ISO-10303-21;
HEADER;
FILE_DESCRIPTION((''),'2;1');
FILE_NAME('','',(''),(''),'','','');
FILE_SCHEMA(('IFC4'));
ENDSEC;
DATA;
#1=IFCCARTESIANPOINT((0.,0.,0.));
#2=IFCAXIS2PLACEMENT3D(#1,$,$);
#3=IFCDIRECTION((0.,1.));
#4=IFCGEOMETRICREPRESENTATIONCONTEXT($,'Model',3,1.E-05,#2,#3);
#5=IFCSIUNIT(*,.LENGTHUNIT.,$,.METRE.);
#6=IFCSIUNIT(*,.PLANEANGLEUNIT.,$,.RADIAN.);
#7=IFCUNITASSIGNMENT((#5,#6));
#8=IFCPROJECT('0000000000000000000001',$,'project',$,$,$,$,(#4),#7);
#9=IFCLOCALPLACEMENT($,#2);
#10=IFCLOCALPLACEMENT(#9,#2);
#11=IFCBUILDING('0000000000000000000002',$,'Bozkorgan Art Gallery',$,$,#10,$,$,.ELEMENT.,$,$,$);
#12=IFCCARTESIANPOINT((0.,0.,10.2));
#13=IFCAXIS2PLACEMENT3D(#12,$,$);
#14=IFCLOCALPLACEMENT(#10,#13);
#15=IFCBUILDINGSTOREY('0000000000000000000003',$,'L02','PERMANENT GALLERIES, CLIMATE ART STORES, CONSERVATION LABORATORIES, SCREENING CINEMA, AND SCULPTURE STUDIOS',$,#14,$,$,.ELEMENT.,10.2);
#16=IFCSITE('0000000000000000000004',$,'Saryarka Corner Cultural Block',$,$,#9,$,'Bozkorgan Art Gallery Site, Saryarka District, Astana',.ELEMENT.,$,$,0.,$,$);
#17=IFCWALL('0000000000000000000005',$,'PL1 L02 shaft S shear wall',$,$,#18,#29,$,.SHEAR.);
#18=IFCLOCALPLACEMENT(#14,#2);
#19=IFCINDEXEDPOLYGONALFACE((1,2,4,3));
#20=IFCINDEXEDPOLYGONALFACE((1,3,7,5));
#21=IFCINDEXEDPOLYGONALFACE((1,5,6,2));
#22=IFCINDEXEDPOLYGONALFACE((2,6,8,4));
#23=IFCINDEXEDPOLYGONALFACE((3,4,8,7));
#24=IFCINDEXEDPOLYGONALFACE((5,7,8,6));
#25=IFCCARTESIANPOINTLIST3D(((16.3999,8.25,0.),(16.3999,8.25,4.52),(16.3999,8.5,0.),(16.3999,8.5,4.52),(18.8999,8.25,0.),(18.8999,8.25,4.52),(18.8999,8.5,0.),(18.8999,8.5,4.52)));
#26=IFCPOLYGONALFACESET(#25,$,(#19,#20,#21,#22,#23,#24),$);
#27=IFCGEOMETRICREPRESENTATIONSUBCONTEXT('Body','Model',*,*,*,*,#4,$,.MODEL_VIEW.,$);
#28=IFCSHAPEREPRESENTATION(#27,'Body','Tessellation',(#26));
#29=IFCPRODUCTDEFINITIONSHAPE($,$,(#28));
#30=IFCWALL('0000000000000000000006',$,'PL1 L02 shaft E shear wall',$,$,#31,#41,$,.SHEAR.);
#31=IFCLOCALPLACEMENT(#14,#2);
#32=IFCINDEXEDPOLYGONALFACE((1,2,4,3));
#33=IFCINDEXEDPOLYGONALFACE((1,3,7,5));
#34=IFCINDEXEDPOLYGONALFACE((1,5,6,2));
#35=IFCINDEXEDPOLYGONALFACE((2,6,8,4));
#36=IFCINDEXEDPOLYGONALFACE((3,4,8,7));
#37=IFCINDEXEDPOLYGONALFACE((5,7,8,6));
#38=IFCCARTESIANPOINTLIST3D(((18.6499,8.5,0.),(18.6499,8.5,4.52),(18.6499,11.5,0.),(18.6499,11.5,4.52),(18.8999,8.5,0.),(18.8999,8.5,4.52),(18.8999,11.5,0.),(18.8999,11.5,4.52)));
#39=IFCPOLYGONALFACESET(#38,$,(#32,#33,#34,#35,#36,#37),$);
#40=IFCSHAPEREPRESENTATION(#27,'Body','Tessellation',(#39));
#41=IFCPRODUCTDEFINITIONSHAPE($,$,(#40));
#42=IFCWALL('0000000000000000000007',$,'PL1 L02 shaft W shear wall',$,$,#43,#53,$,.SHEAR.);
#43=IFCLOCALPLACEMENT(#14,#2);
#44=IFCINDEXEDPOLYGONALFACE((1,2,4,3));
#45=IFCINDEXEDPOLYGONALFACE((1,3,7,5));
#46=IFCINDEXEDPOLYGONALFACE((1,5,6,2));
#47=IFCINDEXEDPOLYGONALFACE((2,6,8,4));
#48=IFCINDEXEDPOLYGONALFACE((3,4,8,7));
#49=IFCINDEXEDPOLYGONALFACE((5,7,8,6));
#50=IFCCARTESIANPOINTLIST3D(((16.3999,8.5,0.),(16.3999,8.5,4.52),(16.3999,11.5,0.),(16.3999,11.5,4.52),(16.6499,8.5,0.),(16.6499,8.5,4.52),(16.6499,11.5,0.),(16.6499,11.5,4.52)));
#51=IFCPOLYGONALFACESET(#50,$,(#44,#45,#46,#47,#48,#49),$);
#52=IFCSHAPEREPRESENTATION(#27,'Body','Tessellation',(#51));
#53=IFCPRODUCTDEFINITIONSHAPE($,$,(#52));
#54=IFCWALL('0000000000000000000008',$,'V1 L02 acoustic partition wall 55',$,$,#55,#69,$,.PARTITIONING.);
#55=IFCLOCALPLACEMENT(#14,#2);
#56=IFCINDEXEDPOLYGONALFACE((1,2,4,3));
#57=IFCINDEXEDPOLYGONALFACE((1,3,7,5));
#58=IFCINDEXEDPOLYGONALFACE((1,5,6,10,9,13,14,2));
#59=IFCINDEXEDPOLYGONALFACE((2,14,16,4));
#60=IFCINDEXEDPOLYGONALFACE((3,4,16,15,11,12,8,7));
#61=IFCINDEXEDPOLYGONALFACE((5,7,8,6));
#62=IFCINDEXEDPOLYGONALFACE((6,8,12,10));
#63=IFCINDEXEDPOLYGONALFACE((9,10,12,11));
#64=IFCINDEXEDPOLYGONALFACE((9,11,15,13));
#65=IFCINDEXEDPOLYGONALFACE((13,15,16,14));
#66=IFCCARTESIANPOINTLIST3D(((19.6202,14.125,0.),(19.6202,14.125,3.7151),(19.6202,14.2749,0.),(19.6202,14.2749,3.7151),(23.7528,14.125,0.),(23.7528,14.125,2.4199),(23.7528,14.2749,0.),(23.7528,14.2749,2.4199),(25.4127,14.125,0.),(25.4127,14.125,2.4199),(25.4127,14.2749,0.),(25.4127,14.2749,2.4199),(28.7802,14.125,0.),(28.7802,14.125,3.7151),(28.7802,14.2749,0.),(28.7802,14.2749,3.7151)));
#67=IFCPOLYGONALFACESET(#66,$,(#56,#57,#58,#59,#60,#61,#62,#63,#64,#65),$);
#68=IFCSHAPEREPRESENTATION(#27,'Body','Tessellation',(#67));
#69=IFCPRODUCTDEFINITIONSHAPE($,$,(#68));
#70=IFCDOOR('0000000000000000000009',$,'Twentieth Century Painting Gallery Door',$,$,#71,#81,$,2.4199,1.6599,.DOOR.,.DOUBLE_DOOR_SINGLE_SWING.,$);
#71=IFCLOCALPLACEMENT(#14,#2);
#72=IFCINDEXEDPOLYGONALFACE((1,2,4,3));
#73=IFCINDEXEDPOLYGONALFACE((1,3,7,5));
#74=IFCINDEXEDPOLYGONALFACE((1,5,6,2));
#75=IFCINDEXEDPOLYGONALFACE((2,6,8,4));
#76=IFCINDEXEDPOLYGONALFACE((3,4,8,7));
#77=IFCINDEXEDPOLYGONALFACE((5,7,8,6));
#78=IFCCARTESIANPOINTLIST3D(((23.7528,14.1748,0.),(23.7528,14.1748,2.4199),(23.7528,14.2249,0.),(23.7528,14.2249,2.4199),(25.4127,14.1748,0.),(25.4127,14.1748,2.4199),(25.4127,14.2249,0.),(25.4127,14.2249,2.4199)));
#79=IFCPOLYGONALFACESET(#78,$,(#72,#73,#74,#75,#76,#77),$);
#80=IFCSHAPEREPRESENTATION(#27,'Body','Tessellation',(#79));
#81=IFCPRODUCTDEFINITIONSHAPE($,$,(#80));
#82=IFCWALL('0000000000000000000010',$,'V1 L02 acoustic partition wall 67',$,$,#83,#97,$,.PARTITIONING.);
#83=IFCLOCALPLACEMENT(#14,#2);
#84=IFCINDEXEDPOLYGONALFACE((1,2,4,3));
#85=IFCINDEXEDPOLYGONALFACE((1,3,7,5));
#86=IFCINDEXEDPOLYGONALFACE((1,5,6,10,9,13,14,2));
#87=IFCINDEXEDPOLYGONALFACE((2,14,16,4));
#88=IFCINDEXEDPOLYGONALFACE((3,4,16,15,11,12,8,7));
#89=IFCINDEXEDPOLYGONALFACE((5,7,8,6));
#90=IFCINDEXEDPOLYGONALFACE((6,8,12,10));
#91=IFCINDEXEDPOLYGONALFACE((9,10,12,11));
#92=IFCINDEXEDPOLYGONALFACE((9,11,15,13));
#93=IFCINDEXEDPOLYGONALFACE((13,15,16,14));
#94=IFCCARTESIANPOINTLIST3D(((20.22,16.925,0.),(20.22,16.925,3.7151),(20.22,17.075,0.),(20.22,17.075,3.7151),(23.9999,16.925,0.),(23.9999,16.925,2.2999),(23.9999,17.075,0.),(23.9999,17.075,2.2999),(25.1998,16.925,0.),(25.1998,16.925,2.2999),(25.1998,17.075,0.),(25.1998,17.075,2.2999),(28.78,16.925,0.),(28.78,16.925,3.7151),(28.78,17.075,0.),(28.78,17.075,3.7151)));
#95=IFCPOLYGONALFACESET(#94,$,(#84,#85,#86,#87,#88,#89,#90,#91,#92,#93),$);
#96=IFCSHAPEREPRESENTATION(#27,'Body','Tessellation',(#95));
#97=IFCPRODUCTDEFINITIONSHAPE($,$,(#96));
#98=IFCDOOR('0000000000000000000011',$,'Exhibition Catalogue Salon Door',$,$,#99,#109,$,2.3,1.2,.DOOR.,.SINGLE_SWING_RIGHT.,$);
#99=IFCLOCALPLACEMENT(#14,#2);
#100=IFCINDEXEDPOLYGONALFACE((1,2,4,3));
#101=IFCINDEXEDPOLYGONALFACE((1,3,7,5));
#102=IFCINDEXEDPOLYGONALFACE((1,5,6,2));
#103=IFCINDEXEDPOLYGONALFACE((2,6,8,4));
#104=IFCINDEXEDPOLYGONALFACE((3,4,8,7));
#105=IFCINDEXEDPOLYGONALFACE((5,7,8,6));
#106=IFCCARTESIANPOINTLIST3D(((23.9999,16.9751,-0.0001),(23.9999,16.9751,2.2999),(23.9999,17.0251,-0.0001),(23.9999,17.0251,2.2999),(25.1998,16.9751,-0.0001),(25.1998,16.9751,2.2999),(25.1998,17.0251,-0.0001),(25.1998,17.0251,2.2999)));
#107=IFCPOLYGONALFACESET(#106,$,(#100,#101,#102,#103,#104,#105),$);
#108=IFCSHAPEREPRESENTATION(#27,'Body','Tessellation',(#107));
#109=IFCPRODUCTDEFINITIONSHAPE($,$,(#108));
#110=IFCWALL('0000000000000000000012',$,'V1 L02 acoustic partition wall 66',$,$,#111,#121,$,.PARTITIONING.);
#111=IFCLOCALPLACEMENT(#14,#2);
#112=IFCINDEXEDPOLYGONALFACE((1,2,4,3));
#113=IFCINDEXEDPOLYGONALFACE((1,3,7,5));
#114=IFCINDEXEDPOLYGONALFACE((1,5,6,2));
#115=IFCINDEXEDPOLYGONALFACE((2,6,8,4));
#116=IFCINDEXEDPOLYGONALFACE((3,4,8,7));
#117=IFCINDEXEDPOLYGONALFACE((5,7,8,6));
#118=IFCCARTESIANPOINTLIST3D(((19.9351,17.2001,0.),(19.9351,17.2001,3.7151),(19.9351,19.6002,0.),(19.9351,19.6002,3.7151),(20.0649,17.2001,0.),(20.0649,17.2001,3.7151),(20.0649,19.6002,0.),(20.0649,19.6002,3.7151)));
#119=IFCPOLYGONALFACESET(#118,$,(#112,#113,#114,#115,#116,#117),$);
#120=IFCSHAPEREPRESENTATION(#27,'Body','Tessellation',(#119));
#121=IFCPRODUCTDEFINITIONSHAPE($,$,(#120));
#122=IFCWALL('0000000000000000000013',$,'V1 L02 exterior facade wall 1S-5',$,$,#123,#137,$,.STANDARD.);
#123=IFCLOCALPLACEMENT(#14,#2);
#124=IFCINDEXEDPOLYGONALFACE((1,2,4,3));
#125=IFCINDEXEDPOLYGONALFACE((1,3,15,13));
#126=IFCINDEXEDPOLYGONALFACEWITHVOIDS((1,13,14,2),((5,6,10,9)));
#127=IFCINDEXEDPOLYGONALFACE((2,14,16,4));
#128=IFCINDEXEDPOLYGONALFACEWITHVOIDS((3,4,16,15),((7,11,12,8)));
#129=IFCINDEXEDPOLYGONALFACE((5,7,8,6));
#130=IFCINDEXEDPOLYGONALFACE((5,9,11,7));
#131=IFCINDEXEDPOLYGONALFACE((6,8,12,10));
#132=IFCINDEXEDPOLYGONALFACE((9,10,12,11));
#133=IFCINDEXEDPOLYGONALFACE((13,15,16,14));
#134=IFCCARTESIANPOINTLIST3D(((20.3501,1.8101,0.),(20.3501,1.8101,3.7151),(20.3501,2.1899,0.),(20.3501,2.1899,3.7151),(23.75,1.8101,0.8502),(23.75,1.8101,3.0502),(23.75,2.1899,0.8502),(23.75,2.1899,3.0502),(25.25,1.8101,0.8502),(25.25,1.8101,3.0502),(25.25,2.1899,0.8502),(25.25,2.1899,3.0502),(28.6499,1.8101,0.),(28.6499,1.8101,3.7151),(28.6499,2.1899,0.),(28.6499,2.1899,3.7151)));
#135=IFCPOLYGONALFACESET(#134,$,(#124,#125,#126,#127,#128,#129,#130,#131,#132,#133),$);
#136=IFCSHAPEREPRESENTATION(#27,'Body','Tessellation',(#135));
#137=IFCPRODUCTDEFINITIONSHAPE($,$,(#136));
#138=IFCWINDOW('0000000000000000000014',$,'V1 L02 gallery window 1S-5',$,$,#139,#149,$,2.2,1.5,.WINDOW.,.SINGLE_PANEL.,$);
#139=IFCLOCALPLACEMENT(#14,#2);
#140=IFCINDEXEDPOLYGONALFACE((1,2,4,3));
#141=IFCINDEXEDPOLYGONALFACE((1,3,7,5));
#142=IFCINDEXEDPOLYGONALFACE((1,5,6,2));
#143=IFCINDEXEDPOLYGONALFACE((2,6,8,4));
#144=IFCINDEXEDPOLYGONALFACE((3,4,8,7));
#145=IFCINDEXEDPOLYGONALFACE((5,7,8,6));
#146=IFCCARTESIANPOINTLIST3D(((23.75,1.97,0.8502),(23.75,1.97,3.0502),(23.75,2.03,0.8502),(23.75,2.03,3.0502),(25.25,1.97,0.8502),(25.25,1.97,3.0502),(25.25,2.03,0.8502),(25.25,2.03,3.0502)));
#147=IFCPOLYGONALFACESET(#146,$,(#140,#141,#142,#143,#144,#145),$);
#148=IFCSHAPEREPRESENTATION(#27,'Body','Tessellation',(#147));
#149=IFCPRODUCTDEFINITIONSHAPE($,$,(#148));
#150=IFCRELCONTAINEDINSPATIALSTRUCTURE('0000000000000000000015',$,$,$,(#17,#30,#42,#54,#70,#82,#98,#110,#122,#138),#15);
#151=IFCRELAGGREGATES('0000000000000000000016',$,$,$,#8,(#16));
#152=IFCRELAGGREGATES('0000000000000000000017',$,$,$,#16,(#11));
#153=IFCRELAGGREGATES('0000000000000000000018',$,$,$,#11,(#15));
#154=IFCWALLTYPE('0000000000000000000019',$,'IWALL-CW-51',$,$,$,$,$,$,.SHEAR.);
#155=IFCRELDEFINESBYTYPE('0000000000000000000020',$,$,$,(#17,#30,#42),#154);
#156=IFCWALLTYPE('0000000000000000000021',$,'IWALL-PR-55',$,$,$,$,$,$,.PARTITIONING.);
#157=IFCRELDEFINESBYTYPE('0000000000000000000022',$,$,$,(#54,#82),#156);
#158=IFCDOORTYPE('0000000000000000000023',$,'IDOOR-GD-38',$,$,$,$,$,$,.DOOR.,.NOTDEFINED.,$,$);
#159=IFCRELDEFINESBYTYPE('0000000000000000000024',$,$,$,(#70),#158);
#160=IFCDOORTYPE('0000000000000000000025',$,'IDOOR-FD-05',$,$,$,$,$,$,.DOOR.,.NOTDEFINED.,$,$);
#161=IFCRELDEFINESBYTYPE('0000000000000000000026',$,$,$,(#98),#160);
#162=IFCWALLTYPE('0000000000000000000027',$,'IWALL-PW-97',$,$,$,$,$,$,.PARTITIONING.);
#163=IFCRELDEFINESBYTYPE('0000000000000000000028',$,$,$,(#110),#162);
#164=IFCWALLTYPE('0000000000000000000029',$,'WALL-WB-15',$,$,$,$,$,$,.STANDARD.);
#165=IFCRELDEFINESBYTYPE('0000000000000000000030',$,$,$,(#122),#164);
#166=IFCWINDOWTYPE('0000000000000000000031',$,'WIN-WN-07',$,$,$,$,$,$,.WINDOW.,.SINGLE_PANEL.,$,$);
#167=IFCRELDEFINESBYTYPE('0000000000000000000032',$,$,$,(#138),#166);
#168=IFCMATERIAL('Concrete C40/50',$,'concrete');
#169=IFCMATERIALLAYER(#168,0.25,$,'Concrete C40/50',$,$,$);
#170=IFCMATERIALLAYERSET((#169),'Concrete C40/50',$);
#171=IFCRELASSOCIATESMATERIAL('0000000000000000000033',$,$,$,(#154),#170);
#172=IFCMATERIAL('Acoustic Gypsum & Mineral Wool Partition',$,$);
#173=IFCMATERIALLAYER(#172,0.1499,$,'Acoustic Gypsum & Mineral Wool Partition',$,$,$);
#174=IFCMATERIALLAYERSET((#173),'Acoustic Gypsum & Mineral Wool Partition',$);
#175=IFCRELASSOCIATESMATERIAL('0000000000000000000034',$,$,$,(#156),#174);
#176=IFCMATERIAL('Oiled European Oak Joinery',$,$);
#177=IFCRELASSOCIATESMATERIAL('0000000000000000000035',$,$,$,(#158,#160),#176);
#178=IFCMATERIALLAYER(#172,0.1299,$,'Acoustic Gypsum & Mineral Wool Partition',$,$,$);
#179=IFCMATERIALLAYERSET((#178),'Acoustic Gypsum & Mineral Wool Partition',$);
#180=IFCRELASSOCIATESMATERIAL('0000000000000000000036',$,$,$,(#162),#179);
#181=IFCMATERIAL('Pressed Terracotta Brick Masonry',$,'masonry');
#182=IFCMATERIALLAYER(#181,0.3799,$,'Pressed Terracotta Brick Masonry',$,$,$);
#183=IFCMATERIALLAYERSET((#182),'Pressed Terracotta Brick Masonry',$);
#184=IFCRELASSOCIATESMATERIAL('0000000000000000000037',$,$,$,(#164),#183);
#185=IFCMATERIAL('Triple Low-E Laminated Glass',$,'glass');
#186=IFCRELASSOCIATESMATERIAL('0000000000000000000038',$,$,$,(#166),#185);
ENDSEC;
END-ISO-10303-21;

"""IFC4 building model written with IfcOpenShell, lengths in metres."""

from ifc_helpers import new_model, si_unit, direction, frame, frame_2d, origin, place, context, subcontext, project, spatial, rectangle, extrude, material, layer, layer_set, type_object, element, fill, save


model = new_model("IFC4")

# Units and contexts
model_context = context("Model", 3, precision=1e-05, world=origin(), true_north=direction((0.0, 1.0)))
body_context = subcontext(model_context, "Body", "Model", "MODEL_VIEW")
ifc_project = project(units=[si_unit("LENGTHUNIT", "METRE"), si_unit("PLANEANGLEUNIT", "RADIAN")], contexts=[model_context])

# Site, building, storey
site_placement = place(None, origin())
site = spatial("IfcSite", under=ifc_project, at=site_placement, Name="Saryarka Corner Cultural Block", LongName="Bozkorgan Art Gallery Site, Saryarka District, Astana", CompositionType="ELEMENT", RefElevation=0.0)
building_placement = place(site_placement, origin())
building = spatial("IfcBuilding", under=site, at=building_placement, Name="Bozkorgan Art Gallery", CompositionType="ELEMENT")
storey_placement = place(building_placement, frame((0.0, 0.0, 10.2)))
storey = spatial("IfcBuildingStorey", under=building, at=storey_placement, Name="L02", Description="PERMANENT GALLERIES, CLIMATE ART STORES, CONSERVATION LABORATORIES, SCREENING CINEMA, AND SCULPTURE STUDIOS", CompositionType="ELEMENT", Elevation=10.2)

# Shared definitions
ifc_material_1 = material(Name="Concrete C40/50", Category="concrete")

# Shared definitions
ifc_layer_1 = layer(ifc_material_1, 0.25, Name="Concrete C40/50")
ifc_layer_set_1 = layer_set([ifc_layer_1], Name="Concrete C40/50")
wall_type_1 = type_object("IfcWallType", Name="IWALL-CW-51", PredefinedType="SHEAR", material=ifc_layer_set_1)

# Walls
wall_1_placement = place(storey_placement, frame((16.3999, 8.375, 0.0), z_axis=(0.0, 0.0, 1.0), x_axis=(1.0, 0.0, 0.0)))
element("IfcWall", 1, at=wall_1_placement, inside=storey, type_object=wall_type_1, Name="PL1 L02 shaft S shear wall", PredefinedType="SHEAR", context=body_context, shape_type="SweptSolid", body=[
    extrude(rectangle(XDim=2.5, YDim=0.25, at=frame_2d((1.25, 0.0))), origin(), (0.0, 0.0, 1.0), 4.52),
])
for number, where, z_axis, x_axis, name in (
    (2, (18.7749, 8.5, 0.0), (0.0, 0.0, 1.0), (0.0, 1.0, 0.0), "PL1 L02 shaft E shear wall"),
    (3, (16.5249, 8.5, 0.0), (0.0, 0.0, 1.0), (0.0, 1.0, 0.0), "PL1 L02 shaft W shear wall"),
):
    element("IfcWall", number, at=place(storey_placement, frame(where, z_axis=z_axis, x_axis=x_axis)), inside=storey, type_object=wall_type_1, Name=name, PredefinedType="SHEAR", context=body_context, shape_type="SweptSolid", body=[
        extrude(rectangle(XDim=3.0, YDim=0.25, at=frame_2d((1.5, 0.0))), origin(), (0.0, 0.0, 1.0), 4.52),
    ])

# Walls, openings, doors
ifc_material_2 = material(Name="Acoustic Gypsum & Mineral Wool Partition")
ifc_layer_2 = layer(ifc_material_2, 0.1499, Name="Acoustic Gypsum & Mineral Wool Partition")
ifc_layer_set_2 = layer_set([ifc_layer_2], Name="Acoustic Gypsum & Mineral Wool Partition")
wall_type_2 = type_object("IfcWallType", Name="IWALL-PR-55", PredefinedType="PARTITIONING", material=ifc_layer_set_2)
wall_2_placement = place(storey_placement, frame((19.6201, 14.2, 0.0), z_axis=(0.0, 0.0, 1.0), x_axis=(1.0, 0.0, 0.0)))
wall_2 = element("IfcWall", 4, at=wall_2_placement, inside=storey, type_object=wall_type_2, Name="V1 L02 acoustic partition wall 55", PredefinedType="PARTITIONING", context=body_context, shape_type="SweptSolid", body=[
    extrude(rectangle(XDim=9.1599, YDim=0.1499, at=frame_2d((4.5801, 0.0))), origin(), (0.0, 0.0, 1.0), 3.7151),
])
opening_1_placement = place(wall_2_placement, frame((4.1326, 0.0, 0.0)))
opening_1 = element("IfcOpeningElement", 5, at=opening_1_placement, cuts=wall_2, PredefinedType="OPENING", context=body_context, shape_type="SweptSolid", body=[
    extrude(rectangle(XDim=1.6599, YDim=2.4199, at=frame_2d((0.8301, 1.21))), frame((0.0, 0.085, 0.0), z_axis=(0.0, -1.0, 0.0), x_axis=(1.0, 0.0, 0.0)), (0.0, 0.0, 1.0), 0.1699),
])
ifc_material_3 = material(Name="Oiled European Oak Joinery")
door_type_1 = type_object("IfcDoorType", Name="IDOOR-GD-38", OperationType="NOTDEFINED", PredefinedType="DOOR", material=ifc_material_3)
door_1_placement = place(opening_1_placement, origin())
door_1 = element("IfcDoor", 6, at=door_1_placement, inside=storey, type_object=door_type_1, Name="Twentieth Century Painting Gallery Door", OperationType="DOUBLE_DOOR_SINGLE_SWING", OverallHeight=2.4199, OverallWidth=1.6599, PredefinedType="DOOR", context=body_context, shape_type="SweptSolid", body=[
    extrude(rectangle(XDim=1.6599, YDim=2.4199, at=frame_2d((0.8301, 1.21))), frame((0.0, 0.0249, 0.0), z_axis=(0.0, -1.0, 0.0), x_axis=(1.0, 0.0, 0.0)), (0.0, 0.0, 1.0), 0.05),
])
fill(opening_1, door_1)
wall_3_placement = place(storey_placement, frame((20.22, 17.0, 0.0), z_axis=(0.0, 0.0, 1.0), x_axis=(1.0, 0.0, 0.0)))
wall_3 = element("IfcWall", 7, at=wall_3_placement, inside=storey, type_object=wall_type_2, Name="V1 L02 acoustic partition wall 67", PredefinedType="PARTITIONING", context=body_context, shape_type="SweptSolid", body=[
    extrude(rectangle(XDim=8.5601, YDim=0.1499, at=frame_2d((4.28, 0.0))), origin(), (0.0, 0.0, 1.0), 3.7151),
])
opening_2_placement = place(wall_3_placement, frame((4.98, 0.0, 0.0), z_axis=(0.0, 0.0, 1.0), x_axis=(-1.0, 0.0, 0.0)))
opening_2 = element("IfcOpeningElement", 8, at=opening_2_placement, cuts=wall_3, PredefinedType="OPENING", context=body_context, shape_type="SweptSolid", body=[
    extrude(rectangle(XDim=1.2, YDim=2.3, at=frame_2d((0.6001, 1.1499))), frame((0.0, 0.085, 0.0), z_axis=(0.0, -1.0, 0.0), x_axis=(1.0, 0.0, 0.0)), (0.0, 0.0, 1.0), 0.1699),
])
door_type_2 = type_object("IfcDoorType", Name="IDOOR-FD-05", OperationType="NOTDEFINED", PredefinedType="DOOR", material=ifc_material_3)
door_2_placement = place(opening_2_placement, origin())
door_2 = element("IfcDoor", 9, at=door_2_placement, inside=storey, type_object=door_type_2, Name="Exhibition Catalogue Salon Door", OperationType="SINGLE_SWING_RIGHT", OverallHeight=2.3, OverallWidth=1.2, PredefinedType="DOOR", context=body_context, shape_type="SweptSolid", body=[
    extrude(rectangle(XDim=1.2, YDim=2.3, at=frame_2d((0.6001, 1.1499))), frame((0.0, 0.0249, 0.0), z_axis=(0.0, -1.0, 0.0), x_axis=(1.0, 0.0, 0.0)), (0.0, 0.0, 1.0), 0.05),
])
fill(opening_2, door_2)

# Wall
ifc_layer_3 = layer(ifc_material_2, 0.1299, Name="Acoustic Gypsum & Mineral Wool Partition")
ifc_layer_set_3 = layer_set([ifc_layer_3], Name="Acoustic Gypsum & Mineral Wool Partition")
wall_type_3 = type_object("IfcWallType", Name="IWALL-PW-97", PredefinedType="PARTITIONING", material=ifc_layer_set_3)
wall_4_placement = place(storey_placement, frame((20.0, 17.2, 0.0), z_axis=(0.0, 0.0, 1.0), x_axis=(0.0, 1.0, 0.0)))
element("IfcWall", 10, at=wall_4_placement, inside=storey, type_object=wall_type_3, Name="V1 L02 acoustic partition wall 66", PredefinedType="PARTITIONING", context=body_context, shape_type="SweptSolid", body=[
    extrude(rectangle(XDim=2.4001, YDim=0.1299, at=frame_2d((1.2002, 0.0))), origin(), (0.0, 0.0, 1.0), 3.7151),
])

# Wall, opening, window
ifc_material_4 = material(Name="Pressed Terracotta Brick Masonry", Category="masonry")
ifc_layer_4 = layer(ifc_material_4, 0.3799, Name="Pressed Terracotta Brick Masonry")
ifc_layer_set_4 = layer_set([ifc_layer_4], Name="Pressed Terracotta Brick Masonry")
wall_type_4 = type_object("IfcWallType", Name="WALL-WB-15", PredefinedType="STANDARD", material=ifc_layer_set_4)
wall_5_placement = place(storey_placement, frame((20.3501, 2.0, 0.0), z_axis=(0.0, 0.0, 1.0), x_axis=(1.0, 0.0, 0.0)))
wall_5 = element("IfcWall", 11, at=wall_5_placement, inside=storey, type_object=wall_type_4, Name="V1 L02 exterior facade wall 1S-5", PredefinedType="STANDARD", context=body_context, shape_type="SweptSolid", body=[
    extrude(rectangle(XDim=8.2998, YDim=0.3799, at=frame_2d((4.1499, 0.0))), origin(), (0.0, 0.0, 1.0), 3.7151),
])
opening_3_placement = place(wall_5_placement, frame((4.8999, 0.0, 0.8501), z_axis=(0.0, 0.0, 1.0), x_axis=(-1.0, 0.0, 0.0)))
opening_3 = element("IfcOpeningElement", 12, at=opening_3_placement, cuts=wall_5, PredefinedType="OPENING", context=body_context, shape_type="SweptSolid", body=[
    extrude(rectangle(XDim=1.5, YDim=2.2, at=frame_2d((0.75, 1.1001))), frame((0.0, 0.2, 0.0), z_axis=(0.0, -1.0, 0.0), x_axis=(1.0, 0.0, 0.0)), (0.0, 0.0, 1.0), 0.3999),
])
ifc_material_5 = material(Name="Triple Low-E Laminated Glass", Category="glass")
window_type = type_object("IfcWindowType", Name="WIN-WN-07", PartitioningType="SINGLE_PANEL", PredefinedType="WINDOW", material=ifc_material_5)
window_placement = place(opening_3_placement, origin())
window = element("IfcWindow", 13, at=window_placement, inside=storey, type_object=window_type, Name="V1 L02 gallery window 1S-5", OverallHeight=2.2, OverallWidth=1.5, PartitioningType="SINGLE_PANEL", PredefinedType="WINDOW", context=body_context, shape_type="SweptSolid", body=[
    extrude(rectangle(XDim=1.5, YDim=2.2, at=frame_2d((0.75, 1.1001))), frame((0.0, 0.03, 0.0), z_axis=(0.0, -1.0, 0.0), x_axis=(1.0, 0.0, 0.0)), (0.0, 0.0, 1.0), 0.0601),
])
fill(opening_3, window)

save(model, "model.ifc")
